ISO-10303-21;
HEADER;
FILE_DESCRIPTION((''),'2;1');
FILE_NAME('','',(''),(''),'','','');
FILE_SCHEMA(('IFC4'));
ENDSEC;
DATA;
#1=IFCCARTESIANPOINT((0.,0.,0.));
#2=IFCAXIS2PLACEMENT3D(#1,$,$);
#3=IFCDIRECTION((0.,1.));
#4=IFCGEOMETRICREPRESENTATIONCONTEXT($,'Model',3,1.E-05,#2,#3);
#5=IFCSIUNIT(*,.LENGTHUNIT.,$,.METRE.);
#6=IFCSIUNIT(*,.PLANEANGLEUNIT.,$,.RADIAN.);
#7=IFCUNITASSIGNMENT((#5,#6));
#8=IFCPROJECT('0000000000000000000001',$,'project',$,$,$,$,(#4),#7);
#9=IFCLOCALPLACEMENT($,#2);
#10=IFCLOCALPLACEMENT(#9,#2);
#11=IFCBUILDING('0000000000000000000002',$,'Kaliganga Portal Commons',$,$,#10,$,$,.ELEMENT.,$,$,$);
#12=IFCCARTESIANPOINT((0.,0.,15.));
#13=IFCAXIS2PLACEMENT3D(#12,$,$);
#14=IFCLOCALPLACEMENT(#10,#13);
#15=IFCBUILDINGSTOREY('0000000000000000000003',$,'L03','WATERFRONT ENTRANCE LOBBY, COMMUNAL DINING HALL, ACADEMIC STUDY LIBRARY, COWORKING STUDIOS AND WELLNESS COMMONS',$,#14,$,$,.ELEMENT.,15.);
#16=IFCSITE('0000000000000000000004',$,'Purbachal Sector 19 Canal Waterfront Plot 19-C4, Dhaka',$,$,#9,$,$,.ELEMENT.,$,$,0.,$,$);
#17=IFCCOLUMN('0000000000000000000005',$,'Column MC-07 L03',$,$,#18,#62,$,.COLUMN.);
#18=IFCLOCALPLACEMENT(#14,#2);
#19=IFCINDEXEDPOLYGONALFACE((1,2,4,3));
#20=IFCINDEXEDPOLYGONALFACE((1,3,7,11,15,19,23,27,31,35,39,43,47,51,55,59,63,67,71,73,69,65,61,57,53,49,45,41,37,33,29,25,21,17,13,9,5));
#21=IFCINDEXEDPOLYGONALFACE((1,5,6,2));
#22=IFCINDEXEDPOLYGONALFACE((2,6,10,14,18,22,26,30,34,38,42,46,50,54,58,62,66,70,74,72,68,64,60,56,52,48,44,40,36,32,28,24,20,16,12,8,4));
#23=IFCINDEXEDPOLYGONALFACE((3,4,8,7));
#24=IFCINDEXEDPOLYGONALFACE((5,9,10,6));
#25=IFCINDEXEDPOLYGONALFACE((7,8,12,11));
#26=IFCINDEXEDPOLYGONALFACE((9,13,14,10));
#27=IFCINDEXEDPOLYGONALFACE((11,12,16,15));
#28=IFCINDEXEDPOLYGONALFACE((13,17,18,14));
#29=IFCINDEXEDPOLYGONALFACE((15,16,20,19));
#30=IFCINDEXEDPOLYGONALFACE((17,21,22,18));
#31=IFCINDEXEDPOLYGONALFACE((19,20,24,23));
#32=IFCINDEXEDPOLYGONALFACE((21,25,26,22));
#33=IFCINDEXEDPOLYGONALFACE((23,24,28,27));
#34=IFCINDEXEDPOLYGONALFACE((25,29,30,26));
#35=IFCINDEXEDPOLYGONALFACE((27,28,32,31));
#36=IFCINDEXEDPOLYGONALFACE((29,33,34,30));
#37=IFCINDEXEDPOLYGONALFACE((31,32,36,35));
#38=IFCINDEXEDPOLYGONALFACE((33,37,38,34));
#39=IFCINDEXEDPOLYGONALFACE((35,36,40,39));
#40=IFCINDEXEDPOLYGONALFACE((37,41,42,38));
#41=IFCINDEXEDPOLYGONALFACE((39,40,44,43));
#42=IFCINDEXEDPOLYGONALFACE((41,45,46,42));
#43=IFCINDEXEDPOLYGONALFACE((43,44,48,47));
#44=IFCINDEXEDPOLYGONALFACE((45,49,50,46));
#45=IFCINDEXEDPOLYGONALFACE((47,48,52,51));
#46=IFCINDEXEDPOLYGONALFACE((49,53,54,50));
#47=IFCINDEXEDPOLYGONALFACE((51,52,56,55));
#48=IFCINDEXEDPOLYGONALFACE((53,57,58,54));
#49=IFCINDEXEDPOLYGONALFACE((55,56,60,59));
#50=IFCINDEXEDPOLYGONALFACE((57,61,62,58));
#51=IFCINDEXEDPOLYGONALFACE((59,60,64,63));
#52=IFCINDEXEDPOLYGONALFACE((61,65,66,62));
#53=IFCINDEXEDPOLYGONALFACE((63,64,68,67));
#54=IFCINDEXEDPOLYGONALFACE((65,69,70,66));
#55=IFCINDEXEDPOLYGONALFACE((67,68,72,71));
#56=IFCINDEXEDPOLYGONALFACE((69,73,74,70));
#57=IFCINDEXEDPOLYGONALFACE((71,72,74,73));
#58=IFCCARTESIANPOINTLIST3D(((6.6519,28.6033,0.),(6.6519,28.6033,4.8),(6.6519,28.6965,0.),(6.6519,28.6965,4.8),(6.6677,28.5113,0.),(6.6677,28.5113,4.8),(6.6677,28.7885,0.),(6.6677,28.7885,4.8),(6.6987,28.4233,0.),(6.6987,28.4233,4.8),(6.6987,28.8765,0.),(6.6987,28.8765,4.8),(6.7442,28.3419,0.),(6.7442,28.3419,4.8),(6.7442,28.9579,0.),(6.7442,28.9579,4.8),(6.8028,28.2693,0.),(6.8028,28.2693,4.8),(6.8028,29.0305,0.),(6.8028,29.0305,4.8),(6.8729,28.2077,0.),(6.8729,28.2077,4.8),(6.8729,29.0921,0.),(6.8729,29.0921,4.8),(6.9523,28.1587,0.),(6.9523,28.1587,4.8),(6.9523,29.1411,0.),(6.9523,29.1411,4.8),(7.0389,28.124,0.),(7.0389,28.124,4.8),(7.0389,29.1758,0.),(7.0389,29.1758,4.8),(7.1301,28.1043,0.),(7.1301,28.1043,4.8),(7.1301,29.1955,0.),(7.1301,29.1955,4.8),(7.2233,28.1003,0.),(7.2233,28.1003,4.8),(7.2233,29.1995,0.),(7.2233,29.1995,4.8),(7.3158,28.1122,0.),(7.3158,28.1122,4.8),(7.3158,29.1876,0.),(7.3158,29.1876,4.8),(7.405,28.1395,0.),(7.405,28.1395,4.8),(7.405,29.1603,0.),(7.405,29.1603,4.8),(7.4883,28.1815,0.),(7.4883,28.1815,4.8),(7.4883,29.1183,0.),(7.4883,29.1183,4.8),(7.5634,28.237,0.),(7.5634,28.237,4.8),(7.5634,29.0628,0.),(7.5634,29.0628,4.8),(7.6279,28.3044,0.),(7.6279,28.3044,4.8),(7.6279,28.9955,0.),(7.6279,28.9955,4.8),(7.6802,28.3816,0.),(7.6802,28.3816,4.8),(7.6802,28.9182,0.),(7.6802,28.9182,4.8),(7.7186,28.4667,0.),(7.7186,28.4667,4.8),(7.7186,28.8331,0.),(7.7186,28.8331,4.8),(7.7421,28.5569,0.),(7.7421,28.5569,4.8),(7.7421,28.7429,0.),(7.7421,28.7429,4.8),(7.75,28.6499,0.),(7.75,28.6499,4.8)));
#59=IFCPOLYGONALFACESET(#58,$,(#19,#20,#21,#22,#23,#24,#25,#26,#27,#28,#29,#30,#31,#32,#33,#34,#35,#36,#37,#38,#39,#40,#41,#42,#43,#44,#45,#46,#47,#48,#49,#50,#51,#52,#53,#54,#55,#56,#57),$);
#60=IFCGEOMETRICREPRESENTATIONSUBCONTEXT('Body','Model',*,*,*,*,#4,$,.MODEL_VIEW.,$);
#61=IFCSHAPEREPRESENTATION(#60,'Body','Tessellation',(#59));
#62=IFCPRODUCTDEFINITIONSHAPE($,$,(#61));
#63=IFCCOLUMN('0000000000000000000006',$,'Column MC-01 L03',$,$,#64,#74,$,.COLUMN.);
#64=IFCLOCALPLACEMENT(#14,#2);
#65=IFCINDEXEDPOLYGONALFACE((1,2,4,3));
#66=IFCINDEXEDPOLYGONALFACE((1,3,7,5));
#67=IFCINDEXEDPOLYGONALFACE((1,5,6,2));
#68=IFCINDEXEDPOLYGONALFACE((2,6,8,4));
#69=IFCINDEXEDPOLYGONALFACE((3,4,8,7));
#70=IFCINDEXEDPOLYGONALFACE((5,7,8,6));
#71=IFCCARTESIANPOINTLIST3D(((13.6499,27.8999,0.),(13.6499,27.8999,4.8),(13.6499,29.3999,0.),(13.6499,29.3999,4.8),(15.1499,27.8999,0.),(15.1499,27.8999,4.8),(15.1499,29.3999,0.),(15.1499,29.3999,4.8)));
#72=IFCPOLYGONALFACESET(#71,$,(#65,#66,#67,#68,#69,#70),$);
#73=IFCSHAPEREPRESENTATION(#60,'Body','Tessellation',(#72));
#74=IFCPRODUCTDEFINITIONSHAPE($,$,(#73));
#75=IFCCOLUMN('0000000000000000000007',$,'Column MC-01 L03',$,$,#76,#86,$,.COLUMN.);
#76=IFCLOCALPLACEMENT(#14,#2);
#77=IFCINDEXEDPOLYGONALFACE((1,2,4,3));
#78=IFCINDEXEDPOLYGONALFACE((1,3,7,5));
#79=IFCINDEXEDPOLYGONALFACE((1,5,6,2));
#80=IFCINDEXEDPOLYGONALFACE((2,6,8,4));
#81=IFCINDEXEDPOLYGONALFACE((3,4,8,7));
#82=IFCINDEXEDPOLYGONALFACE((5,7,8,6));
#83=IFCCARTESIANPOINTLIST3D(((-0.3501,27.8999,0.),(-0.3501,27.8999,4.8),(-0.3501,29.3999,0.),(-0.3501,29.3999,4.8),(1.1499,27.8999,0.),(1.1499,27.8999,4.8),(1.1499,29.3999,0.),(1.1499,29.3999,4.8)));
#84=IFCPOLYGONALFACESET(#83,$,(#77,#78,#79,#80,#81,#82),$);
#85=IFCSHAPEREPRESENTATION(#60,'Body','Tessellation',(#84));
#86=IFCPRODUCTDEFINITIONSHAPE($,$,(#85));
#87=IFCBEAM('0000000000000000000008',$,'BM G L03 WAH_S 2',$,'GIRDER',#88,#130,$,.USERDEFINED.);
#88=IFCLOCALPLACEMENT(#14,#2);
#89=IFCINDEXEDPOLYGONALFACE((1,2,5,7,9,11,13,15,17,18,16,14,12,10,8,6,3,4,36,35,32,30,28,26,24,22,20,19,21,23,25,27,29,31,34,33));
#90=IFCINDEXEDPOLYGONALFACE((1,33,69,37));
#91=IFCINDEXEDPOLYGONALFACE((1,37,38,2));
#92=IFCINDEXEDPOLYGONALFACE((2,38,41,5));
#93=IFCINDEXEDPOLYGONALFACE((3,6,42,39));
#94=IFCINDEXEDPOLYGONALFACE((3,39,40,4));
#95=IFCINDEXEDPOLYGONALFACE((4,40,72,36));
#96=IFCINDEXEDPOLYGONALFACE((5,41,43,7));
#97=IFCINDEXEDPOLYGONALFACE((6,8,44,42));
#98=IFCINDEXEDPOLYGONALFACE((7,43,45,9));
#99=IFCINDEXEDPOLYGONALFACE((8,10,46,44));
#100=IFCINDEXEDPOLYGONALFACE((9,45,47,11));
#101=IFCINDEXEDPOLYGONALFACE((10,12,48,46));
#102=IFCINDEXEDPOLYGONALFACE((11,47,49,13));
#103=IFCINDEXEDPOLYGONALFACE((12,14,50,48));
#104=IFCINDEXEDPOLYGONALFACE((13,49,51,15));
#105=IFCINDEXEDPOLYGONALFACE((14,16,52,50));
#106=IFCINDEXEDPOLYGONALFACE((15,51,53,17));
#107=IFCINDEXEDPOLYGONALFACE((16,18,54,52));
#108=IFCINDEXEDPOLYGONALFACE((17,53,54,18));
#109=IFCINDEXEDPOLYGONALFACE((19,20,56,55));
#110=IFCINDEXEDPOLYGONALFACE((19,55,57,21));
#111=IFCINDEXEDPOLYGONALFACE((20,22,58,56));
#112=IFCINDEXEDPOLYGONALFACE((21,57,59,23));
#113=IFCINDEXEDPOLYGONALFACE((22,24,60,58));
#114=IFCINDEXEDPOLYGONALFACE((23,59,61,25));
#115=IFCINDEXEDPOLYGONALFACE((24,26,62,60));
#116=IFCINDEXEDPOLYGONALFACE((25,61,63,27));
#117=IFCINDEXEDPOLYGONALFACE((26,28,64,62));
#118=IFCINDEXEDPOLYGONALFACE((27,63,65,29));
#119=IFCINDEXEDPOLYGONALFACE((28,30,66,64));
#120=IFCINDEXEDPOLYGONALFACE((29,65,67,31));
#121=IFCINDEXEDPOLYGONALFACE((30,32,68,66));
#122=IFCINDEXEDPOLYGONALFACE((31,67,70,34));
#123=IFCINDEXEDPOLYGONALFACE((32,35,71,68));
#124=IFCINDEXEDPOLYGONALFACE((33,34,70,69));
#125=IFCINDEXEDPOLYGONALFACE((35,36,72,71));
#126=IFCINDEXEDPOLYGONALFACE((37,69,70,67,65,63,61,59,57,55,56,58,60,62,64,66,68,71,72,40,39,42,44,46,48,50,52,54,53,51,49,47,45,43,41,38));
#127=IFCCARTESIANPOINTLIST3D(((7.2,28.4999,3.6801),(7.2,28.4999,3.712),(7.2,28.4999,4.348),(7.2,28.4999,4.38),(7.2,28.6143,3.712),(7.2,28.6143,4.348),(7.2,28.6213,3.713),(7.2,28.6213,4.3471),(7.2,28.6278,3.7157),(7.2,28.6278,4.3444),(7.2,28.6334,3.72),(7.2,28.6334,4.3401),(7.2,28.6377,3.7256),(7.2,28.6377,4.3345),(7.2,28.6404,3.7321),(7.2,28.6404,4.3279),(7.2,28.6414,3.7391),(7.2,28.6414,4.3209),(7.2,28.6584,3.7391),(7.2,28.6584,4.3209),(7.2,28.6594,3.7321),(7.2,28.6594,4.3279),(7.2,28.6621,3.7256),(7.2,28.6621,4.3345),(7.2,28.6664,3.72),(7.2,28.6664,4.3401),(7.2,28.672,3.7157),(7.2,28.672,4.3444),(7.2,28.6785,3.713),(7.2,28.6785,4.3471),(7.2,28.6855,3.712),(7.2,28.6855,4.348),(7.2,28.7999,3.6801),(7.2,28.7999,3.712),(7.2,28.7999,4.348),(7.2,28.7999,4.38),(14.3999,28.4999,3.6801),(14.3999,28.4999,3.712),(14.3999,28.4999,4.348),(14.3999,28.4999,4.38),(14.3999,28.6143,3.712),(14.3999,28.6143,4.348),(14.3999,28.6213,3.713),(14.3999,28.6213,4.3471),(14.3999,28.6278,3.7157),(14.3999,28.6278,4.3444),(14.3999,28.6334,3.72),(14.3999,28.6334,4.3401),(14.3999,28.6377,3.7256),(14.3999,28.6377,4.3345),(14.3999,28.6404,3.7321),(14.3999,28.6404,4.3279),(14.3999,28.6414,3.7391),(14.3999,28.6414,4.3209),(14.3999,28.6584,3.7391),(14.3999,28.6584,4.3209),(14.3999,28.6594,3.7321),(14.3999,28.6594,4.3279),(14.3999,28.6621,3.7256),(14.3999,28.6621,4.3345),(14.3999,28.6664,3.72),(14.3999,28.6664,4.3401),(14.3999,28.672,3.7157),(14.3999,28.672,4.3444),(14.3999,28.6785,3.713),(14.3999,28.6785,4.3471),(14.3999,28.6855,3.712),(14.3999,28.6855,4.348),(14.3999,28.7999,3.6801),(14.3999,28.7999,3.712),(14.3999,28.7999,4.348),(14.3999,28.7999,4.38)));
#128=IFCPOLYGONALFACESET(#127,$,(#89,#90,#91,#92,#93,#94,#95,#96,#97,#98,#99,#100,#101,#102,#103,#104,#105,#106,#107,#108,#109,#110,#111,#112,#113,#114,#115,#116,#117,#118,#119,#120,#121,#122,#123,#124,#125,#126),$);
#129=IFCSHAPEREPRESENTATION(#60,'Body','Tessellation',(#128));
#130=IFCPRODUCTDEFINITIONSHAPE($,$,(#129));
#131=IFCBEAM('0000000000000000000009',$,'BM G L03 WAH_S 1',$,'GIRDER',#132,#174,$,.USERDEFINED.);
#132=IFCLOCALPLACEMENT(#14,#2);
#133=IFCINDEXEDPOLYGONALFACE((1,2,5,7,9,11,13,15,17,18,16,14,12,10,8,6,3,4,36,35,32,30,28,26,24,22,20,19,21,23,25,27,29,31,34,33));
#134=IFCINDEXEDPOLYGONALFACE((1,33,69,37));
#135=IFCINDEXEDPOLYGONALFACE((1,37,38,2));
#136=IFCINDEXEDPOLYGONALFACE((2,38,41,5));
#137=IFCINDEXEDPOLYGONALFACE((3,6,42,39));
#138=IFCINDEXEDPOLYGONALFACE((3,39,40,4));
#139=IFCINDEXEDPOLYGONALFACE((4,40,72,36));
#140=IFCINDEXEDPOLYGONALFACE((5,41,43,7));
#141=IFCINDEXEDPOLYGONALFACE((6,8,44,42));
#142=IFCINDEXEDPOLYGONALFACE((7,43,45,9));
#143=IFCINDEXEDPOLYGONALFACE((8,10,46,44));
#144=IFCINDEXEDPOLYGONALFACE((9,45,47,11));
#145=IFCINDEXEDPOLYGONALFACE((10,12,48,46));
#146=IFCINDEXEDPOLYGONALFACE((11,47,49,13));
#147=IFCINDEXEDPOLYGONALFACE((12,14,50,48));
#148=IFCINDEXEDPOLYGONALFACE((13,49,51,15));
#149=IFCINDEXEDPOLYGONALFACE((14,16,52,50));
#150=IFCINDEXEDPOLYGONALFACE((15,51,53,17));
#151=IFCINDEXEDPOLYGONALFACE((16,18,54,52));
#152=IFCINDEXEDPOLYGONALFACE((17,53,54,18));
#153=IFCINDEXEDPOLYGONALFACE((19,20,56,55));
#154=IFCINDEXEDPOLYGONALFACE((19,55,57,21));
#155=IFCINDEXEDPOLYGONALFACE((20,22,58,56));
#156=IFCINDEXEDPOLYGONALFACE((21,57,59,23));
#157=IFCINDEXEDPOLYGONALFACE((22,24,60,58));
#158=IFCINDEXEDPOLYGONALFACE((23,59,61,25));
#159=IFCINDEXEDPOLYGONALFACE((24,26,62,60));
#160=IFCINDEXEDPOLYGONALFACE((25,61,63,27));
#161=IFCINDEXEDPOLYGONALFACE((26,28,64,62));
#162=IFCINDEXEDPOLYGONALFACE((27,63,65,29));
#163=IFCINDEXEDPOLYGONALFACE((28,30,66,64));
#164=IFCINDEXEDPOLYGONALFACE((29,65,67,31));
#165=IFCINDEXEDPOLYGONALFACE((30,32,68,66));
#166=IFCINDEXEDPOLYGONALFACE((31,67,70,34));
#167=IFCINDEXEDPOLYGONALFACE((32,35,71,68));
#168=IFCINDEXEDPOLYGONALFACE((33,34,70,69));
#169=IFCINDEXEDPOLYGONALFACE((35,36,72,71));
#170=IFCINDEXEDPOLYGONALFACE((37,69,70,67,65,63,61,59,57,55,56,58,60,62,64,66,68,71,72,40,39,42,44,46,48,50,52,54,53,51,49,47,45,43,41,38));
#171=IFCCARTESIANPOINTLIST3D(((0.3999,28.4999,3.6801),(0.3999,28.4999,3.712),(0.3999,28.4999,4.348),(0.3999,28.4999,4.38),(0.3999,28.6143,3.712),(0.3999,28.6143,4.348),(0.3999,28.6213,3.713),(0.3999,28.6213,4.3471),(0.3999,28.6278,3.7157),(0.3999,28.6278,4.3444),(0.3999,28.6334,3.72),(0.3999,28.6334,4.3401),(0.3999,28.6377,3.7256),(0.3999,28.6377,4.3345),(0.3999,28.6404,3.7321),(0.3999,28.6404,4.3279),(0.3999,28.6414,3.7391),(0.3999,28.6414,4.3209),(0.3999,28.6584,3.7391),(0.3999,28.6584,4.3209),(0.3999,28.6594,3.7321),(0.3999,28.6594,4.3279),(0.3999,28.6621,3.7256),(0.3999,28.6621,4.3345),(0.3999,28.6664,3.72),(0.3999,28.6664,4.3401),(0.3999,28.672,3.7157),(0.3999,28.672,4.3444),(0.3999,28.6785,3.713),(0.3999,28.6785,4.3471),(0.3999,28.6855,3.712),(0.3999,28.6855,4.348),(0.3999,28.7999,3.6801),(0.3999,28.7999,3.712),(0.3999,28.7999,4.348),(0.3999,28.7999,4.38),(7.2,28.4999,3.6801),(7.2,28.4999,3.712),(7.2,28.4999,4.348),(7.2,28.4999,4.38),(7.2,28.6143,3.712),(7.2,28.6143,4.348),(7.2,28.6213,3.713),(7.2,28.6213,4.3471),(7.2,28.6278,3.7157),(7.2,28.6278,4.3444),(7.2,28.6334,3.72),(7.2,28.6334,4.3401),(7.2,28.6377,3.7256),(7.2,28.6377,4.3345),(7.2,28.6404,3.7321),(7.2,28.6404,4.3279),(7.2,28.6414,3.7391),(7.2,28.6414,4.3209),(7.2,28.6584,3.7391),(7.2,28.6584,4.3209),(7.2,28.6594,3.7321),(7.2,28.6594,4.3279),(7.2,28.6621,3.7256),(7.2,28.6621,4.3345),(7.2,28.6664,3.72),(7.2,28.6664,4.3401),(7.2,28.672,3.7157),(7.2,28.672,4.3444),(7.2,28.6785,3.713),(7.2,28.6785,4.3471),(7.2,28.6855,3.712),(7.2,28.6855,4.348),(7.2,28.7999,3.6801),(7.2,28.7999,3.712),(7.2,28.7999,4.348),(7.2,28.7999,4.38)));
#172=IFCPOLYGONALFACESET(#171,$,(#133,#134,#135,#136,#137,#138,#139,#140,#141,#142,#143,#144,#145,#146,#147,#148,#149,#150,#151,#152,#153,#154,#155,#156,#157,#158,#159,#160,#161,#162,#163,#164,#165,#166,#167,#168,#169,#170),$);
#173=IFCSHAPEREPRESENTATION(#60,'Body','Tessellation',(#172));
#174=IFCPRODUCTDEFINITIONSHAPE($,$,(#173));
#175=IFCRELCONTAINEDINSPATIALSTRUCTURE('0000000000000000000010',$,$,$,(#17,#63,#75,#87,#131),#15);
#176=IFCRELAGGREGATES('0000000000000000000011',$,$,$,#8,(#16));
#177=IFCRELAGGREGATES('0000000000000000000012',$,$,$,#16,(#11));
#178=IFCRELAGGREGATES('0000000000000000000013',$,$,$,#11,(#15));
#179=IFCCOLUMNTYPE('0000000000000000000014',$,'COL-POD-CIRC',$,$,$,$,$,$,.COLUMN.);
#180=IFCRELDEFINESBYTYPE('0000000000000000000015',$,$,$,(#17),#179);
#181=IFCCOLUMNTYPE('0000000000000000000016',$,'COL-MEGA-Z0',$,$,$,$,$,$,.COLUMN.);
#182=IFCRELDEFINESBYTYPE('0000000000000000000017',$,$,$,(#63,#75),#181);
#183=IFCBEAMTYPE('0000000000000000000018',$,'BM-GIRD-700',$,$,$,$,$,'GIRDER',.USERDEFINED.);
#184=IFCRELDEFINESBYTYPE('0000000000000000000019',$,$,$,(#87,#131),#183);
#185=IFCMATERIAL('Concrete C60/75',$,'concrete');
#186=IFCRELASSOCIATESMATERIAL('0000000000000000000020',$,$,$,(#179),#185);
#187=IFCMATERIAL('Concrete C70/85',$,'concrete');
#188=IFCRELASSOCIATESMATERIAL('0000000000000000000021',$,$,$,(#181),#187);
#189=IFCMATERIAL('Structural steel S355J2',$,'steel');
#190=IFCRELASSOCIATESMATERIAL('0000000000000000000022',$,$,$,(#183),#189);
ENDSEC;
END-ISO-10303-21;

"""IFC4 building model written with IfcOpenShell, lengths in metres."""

from ifc_helpers import new_model, si_unit, direction, frame, origin, origin_2d, place, context, subcontext, project, spatial, rectangle, circle, i_section, extrude, source, transform, mapped, material, material_profile, profile_set, type_object, element, save


model = new_model("IFC4")

# Units and contexts
model_context = context("Model", 3, precision=1e-05, world=origin(), true_north=direction((0.0, 1.0)))
body_context = subcontext(model_context, "Body", "Model", "MODEL_VIEW")
ifc_project = project(units=[si_unit("LENGTHUNIT", "METRE"), si_unit("PLANEANGLEUNIT", "RADIAN")], contexts=[model_context])

# Site, building, storey
site_placement = place(None, origin())
site = spatial("IfcSite", under=ifc_project, at=site_placement, Name="Purbachal Sector 19 Canal Waterfront Plot 19-C4, Dhaka", CompositionType="ELEMENT", RefElevation=0.0)
building_placement = place(site_placement, origin())
building = spatial("IfcBuilding", under=site, at=building_placement, Name="Kaliganga Portal Commons", CompositionType="ELEMENT")
storey_placement = place(building_placement, frame((0.0, 0.0, 15.0)))
storey = spatial("IfcBuildingStorey", under=building, at=storey_placement, Name="L03", Description="WATERFRONT ENTRANCE LOBBY, COMMUNAL DINING HALL, ACADEMIC STUDY LIBRARY, COWORKING STUDIOS AND WELLNESS COMMONS", CompositionType="ELEMENT", Elevation=15.0)

# Columns
ifc_material_1 = material(Name="Concrete C60/75", Category="concrete")
ifc_material_profile_1 = material_profile(ifc_material_1, circle(Radius=0.55, at=origin_2d()), Name="RC COL D1100")
ifc_profile_set_1 = profile_set([ifc_material_profile_1], Name="Concrete C60/75")
column_type_1 = type_object("IfcColumnType", Name="COL-POD-CIRC", PredefinedType="COLUMN", material=ifc_profile_set_1)
shared_shape_1 = source(origin(), body_context, "Body", "SweptSolid", [
    extrude(circle(Radius=0.55, at=origin_2d()), origin(), (0.0, 0.0, 1.0), 4.8),
])
column_placement = place(storey_placement, frame((7.2, 28.6499, 0.0), z_axis=(0.0, 0.0, 1.0), x_axis=(1.0, 0.0, 0.0)))
element("IfcColumn", 1, at=column_placement, inside=storey, type_object=column_type_1, Name="Column MC-07 L03", PredefinedType="COLUMN", context=body_context, shape_type="MappedRepresentation", body=[
    mapped(shared_shape_1, transform((0.0, 0.0, 0.0), x_axis=(1.0, 0.0, 0.0), y_axis=(0.0, 1.0, 0.0), z_axis=(0.0, 0.0, 1.0), scale=1.0)),
])
ifc_material_2 = material(Name="Concrete C70/85", Category="concrete")
ifc_material_profile_2 = material_profile(ifc_material_2, rectangle(XDim=1.5, YDim=1.5, at=origin_2d()), Name="RC 1500x1500")
ifc_profile_set_2 = profile_set([ifc_material_profile_2], Name="Concrete C70/85")
column_type_2 = type_object("IfcColumnType", Name="COL-MEGA-Z0", PredefinedType="COLUMN", material=ifc_profile_set_2)
shared_shape_2 = source(origin(), body_context, "Body", "SweptSolid", [
    extrude(rectangle(XDim=1.5, YDim=1.5, at=origin_2d()), origin(), (0.0, 0.0, 1.0), 4.8),
])
for number, where, z_axis, x_axis, name in (
    (2, (14.3999, 28.6499, 0.0), (0.0, 0.0, 1.0), (1.0, 0.0, 0.0), "Column MC-01 L03"),
    (3, (0.3999, 28.6499, 0.0), (0.0, 0.0, 1.0), (1.0, 0.0, 0.0), "Column MC-01 L03"),
):
    element("IfcColumn", number, at=place(storey_placement, frame(where, z_axis=z_axis, x_axis=x_axis)), inside=storey, type_object=column_type_2, Name=name, PredefinedType="COLUMN", context=body_context, shape_type="MappedRepresentation", body=[
        mapped(shared_shape_2, transform((0.0, 0.0, 0.0), x_axis=(1.0, 0.0, 0.0), y_axis=(0.0, 1.0, 0.0), z_axis=(0.0, 0.0, 1.0), scale=1.0)),
    ])

# Beams
ifc_material_3 = material(Name="Structural steel S355J2", Category="steel")
ifc_material_profile_3 = material_profile(ifc_material_3, i_section(OverallWidth=0.3, OverallDepth=0.7, WebThickness=0.0171, FlangeThickness=0.032, FilletRadius=0.0271, at=origin_2d()), Name="HE 700 B")
ifc_profile_set_3 = profile_set([ifc_material_profile_3], Name="Structural steel S355J2 wide-flange")
beam_type_1 = type_object("IfcBeamType", Name="BM-GIRD-700", ElementType="GIRDER", PredefinedType="USERDEFINED", material=ifc_profile_set_3)
shared_shape_3 = source(origin(), body_context, "Body", "SweptSolid", [
    extrude(i_section(OverallWidth=0.3, OverallDepth=0.7, WebThickness=0.0171, FlangeThickness=0.032, FilletRadius=0.0271, at=origin_2d()), origin(), (0.0, 0.0, 1.0), 7.2),
])
beam_1_placement = place(storey_placement, frame((7.2, 28.6499, 4.03), z_axis=(1.0, 0.0, 0.0), x_axis=(0.0, 1.0, 0.0)))
element("IfcBeam", 4, at=beam_1_placement, inside=storey, type_object=beam_type_1, Name="BM G L03 WAH_S 2", ObjectType="GIRDER", PredefinedType="USERDEFINED", context=body_context, shape_type="MappedRepresentation", body=[
    mapped(shared_shape_3, transform((0.0, 0.0, 0.0), x_axis=(1.0, 0.0, 0.0), y_axis=(0.0, 1.0, 0.0), z_axis=(0.0, 0.0, 1.0), scale=1.0)),
])
shared_shape_4 = source(origin(), body_context, "Body", "SweptSolid", [
    extrude(i_section(OverallWidth=0.3, OverallDepth=0.7, WebThickness=0.0171, FlangeThickness=0.032, FilletRadius=0.0271, at=origin_2d()), origin(), (0.0, 0.0, 1.0), 6.8),
])
beam_2_placement = place(storey_placement, frame((0.3999, 28.6499, 4.03), z_axis=(1.0, 0.0, 0.0), x_axis=(0.0, 1.0, 0.0)))
element("IfcBeam", 5, at=beam_2_placement, inside=storey, type_object=beam_type_1, Name="BM G L03 WAH_S 1", ObjectType="GIRDER", PredefinedType="USERDEFINED", context=body_context, shape_type="MappedRepresentation", body=[
    mapped(shared_shape_4, transform((0.0, 0.0, 0.0), x_axis=(1.0, 0.0, 0.0), y_axis=(0.0, 1.0, 0.0), z_axis=(0.0, 0.0, 1.0), scale=1.0)),
])

save(model, "model.ifc")
